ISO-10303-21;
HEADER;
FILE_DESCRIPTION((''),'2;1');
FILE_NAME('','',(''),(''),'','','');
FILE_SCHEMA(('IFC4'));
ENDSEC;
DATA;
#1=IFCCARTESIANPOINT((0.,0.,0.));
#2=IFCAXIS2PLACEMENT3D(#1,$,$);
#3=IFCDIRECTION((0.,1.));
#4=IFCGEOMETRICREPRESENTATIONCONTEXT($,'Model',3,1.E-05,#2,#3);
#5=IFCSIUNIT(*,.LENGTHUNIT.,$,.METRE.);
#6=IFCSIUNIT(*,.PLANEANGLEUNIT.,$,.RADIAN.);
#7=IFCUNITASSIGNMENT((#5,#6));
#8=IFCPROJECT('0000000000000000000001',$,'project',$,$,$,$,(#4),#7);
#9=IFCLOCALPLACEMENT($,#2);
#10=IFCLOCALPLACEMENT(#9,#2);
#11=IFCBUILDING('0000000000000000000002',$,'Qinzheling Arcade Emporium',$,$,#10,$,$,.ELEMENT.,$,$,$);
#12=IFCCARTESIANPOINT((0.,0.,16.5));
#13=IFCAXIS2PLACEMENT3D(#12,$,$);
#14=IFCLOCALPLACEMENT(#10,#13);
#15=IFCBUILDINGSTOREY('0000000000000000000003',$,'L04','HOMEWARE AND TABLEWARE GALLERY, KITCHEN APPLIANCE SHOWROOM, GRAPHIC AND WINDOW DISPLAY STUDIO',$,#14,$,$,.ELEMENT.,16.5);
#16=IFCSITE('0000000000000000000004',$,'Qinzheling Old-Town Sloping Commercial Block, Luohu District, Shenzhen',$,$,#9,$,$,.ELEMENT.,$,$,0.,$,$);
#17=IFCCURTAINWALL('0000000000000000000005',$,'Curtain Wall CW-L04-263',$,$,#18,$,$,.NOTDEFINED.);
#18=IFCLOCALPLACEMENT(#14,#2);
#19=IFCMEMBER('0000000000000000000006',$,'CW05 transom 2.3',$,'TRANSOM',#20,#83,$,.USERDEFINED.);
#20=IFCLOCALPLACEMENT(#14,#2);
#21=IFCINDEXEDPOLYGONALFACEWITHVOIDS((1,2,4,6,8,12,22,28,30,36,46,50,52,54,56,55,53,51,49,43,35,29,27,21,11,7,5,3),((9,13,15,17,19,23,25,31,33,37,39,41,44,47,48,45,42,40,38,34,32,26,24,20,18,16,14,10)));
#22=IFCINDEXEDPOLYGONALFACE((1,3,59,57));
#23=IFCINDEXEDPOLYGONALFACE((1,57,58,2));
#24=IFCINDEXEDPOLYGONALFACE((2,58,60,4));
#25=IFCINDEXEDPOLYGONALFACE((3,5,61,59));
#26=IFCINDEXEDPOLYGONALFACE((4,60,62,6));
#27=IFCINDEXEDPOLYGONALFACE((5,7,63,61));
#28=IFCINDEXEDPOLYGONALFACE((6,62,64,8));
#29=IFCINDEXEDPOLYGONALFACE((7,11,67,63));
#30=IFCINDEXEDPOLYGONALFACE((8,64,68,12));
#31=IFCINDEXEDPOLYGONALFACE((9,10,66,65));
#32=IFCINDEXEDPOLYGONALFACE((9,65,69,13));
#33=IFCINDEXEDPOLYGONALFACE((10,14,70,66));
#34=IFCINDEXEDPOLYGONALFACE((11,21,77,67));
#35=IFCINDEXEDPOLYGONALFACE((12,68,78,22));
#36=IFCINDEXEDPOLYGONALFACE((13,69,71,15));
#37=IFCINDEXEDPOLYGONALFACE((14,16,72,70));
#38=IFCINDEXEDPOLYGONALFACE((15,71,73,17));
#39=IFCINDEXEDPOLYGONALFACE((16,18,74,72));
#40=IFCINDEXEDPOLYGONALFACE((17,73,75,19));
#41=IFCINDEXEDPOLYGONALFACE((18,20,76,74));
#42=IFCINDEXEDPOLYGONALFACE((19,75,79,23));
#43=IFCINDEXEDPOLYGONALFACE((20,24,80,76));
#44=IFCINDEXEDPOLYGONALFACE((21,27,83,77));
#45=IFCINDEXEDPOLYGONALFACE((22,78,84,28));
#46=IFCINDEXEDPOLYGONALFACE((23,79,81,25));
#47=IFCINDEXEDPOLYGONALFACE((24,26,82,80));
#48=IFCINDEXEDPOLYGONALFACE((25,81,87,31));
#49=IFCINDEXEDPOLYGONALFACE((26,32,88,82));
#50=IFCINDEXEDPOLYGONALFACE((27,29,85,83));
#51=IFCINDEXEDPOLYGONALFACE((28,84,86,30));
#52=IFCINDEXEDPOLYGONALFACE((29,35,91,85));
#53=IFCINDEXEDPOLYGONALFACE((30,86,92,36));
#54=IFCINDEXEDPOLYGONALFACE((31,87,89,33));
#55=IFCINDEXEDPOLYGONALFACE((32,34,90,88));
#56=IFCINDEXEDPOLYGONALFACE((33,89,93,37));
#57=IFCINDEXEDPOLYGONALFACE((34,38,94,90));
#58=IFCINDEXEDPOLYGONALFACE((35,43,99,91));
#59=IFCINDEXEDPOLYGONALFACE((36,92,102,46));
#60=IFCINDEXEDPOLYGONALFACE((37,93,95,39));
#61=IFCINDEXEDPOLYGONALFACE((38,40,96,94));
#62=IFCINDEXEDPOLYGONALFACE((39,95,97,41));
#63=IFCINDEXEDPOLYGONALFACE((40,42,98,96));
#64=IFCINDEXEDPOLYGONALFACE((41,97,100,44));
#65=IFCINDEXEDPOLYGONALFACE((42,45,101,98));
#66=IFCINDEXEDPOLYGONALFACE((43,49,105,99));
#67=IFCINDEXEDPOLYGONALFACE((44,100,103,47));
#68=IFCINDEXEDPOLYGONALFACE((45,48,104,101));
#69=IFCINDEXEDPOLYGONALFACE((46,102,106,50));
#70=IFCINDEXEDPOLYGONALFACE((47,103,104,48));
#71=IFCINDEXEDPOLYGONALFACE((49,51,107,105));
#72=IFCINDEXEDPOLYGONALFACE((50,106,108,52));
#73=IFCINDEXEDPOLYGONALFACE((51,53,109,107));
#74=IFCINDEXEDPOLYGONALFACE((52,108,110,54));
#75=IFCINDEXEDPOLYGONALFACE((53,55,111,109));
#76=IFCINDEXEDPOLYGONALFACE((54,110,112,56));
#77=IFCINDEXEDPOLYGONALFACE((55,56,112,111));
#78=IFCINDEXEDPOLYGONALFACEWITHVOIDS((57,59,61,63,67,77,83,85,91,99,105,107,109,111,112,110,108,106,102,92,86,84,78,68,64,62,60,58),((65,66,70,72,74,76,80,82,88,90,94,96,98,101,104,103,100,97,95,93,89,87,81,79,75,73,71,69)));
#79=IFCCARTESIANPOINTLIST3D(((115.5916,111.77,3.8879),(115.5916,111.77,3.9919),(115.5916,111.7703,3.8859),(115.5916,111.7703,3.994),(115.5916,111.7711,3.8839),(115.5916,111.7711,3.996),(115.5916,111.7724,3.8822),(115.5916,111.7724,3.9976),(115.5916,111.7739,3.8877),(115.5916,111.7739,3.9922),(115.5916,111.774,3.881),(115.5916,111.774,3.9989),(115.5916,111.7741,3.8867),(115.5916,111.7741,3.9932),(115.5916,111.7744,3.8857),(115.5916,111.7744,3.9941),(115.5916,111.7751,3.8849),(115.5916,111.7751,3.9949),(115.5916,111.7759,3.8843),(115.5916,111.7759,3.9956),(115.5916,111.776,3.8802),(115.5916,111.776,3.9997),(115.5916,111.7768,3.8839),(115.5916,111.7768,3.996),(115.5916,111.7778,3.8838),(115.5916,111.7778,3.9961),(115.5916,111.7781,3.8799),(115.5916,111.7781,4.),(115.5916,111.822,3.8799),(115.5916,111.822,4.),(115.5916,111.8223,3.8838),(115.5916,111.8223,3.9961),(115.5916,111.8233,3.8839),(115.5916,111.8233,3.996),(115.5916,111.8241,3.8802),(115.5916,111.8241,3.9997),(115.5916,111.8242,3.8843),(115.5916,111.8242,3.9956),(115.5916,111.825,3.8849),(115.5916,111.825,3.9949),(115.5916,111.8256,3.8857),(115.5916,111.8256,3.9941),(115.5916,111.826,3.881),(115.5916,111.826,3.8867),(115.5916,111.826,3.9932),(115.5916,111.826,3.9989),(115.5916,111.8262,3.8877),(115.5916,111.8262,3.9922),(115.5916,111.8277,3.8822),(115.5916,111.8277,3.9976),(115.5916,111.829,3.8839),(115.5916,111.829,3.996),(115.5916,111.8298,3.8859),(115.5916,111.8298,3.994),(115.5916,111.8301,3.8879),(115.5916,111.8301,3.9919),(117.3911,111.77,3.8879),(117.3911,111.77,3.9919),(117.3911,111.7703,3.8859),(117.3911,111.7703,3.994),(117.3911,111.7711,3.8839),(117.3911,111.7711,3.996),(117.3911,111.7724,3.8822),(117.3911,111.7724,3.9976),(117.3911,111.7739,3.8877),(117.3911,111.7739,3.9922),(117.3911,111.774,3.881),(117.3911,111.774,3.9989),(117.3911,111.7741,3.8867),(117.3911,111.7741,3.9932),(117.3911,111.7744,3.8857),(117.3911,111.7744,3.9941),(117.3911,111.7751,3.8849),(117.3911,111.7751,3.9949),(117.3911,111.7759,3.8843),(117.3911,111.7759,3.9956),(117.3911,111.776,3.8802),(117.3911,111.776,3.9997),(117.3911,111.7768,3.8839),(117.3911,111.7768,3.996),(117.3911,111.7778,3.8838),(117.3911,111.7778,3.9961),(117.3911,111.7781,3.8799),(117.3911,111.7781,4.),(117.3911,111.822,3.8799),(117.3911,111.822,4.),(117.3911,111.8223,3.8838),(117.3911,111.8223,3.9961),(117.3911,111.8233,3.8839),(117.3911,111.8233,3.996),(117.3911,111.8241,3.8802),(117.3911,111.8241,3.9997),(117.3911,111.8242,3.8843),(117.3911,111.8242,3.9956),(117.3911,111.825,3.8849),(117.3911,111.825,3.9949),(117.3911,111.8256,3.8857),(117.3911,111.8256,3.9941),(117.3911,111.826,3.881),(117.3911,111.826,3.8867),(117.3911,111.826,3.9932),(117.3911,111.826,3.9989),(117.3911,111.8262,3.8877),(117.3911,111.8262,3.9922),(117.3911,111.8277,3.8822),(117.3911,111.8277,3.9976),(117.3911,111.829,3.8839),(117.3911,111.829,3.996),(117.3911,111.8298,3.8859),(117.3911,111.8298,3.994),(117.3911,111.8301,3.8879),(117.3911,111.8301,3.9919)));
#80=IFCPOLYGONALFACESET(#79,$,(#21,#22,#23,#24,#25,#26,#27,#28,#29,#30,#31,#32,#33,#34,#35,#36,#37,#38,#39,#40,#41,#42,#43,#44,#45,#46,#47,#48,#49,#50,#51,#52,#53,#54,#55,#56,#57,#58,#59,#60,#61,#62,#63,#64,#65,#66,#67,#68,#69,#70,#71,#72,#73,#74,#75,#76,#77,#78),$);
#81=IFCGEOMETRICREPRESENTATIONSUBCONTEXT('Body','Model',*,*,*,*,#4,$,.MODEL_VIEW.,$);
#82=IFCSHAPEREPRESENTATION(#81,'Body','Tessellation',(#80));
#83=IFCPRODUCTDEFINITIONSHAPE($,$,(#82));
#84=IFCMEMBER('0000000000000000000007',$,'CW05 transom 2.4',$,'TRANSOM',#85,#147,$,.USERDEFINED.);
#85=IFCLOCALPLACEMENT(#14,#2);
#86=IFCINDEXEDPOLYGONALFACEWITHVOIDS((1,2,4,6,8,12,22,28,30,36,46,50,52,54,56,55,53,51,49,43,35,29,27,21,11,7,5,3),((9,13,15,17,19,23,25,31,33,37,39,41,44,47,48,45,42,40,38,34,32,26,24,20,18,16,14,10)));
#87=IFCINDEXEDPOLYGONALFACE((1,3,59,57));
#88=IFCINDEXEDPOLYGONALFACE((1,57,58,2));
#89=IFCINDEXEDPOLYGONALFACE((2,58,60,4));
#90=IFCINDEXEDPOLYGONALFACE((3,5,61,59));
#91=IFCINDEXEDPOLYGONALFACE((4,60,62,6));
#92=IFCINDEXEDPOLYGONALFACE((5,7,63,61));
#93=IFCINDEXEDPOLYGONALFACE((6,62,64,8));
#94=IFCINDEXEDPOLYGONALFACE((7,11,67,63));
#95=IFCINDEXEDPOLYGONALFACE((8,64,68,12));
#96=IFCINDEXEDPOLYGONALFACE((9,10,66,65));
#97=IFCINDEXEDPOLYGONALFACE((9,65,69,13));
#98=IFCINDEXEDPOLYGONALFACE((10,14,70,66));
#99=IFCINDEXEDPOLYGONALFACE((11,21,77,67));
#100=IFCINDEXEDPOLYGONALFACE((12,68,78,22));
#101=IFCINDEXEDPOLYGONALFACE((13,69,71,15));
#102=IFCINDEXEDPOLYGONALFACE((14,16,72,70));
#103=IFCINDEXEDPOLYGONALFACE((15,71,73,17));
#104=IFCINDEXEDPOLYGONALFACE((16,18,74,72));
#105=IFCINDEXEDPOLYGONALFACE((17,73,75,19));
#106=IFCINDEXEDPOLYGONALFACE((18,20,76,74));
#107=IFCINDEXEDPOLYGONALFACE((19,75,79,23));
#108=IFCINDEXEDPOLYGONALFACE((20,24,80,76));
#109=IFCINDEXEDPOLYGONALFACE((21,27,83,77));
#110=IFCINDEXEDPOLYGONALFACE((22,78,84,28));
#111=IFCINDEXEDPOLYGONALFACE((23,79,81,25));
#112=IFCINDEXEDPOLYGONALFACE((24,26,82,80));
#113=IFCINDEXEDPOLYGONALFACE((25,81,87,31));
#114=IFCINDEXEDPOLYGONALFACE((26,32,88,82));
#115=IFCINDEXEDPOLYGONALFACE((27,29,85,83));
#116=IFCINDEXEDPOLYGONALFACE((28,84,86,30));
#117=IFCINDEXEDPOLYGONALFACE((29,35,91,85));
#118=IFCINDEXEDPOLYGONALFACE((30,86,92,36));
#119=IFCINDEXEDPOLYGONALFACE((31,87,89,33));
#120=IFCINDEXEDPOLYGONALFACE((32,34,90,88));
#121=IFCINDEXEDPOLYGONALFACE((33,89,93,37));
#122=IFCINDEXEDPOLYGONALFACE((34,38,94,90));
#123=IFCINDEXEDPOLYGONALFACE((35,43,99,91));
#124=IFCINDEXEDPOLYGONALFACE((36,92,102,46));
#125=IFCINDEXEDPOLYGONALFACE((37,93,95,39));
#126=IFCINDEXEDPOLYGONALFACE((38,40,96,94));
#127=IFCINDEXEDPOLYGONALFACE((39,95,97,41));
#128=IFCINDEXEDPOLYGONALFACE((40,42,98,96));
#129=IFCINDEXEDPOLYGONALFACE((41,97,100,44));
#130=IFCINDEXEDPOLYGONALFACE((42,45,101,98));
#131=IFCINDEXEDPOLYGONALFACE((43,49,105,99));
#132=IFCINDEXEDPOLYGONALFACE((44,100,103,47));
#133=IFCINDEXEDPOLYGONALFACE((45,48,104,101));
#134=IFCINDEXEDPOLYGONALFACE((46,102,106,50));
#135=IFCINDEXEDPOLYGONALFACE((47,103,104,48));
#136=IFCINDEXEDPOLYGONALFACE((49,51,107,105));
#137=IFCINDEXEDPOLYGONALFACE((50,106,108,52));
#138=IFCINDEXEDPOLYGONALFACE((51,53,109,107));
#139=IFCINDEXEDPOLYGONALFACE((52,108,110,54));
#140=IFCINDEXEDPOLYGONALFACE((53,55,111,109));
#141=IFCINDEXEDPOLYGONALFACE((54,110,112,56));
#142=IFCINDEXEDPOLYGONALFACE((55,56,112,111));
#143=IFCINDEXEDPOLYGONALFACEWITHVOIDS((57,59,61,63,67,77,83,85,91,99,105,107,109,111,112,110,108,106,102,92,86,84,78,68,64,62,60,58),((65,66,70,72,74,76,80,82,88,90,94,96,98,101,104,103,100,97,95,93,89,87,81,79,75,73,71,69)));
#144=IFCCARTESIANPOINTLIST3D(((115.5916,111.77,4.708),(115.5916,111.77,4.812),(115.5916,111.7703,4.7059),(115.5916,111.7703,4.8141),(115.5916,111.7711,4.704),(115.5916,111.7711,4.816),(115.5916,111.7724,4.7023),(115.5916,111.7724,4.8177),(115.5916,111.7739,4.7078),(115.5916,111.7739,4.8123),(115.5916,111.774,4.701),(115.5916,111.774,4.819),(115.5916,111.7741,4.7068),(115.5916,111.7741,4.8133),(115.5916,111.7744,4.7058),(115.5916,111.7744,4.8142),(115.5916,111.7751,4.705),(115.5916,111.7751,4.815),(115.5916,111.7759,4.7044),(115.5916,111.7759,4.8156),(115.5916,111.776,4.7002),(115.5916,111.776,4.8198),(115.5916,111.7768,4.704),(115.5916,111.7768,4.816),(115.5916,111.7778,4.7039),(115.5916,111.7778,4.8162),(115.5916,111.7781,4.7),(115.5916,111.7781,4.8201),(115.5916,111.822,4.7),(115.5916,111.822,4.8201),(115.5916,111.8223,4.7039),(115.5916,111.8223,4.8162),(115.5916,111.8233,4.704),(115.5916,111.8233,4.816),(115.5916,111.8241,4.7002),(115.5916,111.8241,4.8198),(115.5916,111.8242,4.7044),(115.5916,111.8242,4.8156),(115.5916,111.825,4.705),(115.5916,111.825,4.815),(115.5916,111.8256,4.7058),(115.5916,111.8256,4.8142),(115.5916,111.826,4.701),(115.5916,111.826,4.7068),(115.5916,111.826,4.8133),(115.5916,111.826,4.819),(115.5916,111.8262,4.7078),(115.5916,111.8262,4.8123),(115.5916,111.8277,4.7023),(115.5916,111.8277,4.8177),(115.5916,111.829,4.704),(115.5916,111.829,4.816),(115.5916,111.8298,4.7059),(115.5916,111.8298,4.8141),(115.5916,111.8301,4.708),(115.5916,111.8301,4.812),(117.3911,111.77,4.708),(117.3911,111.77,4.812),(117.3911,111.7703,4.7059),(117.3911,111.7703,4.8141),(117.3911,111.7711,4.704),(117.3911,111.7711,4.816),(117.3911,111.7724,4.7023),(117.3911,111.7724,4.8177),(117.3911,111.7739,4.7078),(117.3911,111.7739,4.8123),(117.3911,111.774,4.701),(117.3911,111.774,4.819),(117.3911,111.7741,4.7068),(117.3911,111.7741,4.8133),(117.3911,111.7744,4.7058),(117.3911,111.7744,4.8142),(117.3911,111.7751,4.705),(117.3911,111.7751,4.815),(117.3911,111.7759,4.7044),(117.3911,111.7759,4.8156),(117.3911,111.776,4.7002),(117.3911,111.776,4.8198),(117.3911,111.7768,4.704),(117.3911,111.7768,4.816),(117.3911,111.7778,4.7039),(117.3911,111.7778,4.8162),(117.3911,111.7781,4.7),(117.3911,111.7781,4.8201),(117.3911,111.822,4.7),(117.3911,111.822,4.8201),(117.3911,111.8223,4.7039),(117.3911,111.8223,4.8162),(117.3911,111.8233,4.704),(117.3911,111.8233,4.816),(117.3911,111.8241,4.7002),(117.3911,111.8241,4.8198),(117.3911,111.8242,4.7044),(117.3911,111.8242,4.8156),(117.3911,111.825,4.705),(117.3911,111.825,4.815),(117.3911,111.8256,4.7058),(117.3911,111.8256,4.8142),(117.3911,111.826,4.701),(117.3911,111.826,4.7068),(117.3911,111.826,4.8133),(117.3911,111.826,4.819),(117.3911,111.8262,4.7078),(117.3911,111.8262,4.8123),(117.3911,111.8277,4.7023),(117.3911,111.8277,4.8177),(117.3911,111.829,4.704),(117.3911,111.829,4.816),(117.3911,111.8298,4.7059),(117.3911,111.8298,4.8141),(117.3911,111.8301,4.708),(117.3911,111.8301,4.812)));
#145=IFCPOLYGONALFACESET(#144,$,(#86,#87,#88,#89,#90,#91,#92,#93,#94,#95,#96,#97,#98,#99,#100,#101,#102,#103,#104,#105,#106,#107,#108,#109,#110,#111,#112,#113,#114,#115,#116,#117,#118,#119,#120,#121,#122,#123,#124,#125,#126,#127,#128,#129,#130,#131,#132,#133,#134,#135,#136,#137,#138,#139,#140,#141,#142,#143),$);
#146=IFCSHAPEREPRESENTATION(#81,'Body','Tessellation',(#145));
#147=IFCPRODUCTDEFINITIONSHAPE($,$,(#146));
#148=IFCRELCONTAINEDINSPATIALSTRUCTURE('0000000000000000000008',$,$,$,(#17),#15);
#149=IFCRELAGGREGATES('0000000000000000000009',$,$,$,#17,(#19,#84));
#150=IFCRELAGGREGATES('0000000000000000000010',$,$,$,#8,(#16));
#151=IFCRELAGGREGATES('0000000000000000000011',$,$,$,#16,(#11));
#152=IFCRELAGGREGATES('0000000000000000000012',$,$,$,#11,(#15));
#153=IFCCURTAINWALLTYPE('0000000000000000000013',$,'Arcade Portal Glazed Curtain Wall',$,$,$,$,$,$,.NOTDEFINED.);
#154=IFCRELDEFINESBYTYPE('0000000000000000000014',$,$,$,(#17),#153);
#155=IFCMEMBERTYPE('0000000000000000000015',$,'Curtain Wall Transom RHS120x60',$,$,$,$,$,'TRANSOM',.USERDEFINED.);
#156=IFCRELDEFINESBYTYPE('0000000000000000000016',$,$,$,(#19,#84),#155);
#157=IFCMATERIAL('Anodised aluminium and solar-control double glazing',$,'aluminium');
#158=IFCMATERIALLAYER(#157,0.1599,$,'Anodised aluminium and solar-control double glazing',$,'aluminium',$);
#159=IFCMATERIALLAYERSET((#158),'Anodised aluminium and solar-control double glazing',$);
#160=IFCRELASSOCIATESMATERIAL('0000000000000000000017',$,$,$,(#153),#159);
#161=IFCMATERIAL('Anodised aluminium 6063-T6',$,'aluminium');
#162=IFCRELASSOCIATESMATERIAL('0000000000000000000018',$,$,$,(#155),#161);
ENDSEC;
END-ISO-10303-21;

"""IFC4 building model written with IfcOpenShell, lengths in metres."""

from ifc_helpers import new_model, si_unit, direction, frame, origin, origin_2d, place, context, subcontext, project, spatial, hollow_rectangle, extrude, material, layer, layer_set, material_profile, profile_set, type_object, element, aggregate, save


model = new_model("IFC4")

# Units and contexts
model_context = context("Model", 3, precision=1e-05, world=origin(), true_north=direction((0.0, 1.0)))
body_context = subcontext(model_context, "Body", "Model", "MODEL_VIEW")
ifc_project = project(units=[si_unit("LENGTHUNIT", "METRE"), si_unit("PLANEANGLEUNIT", "RADIAN")], contexts=[model_context])

# Site, building, storey
site_placement = place(None, origin())
site = spatial("IfcSite", under=ifc_project, at=site_placement, Name="Qinzheling Old-Town Sloping Commercial Block, Luohu District, Shenzhen", CompositionType="ELEMENT", RefElevation=0.0)
building_placement = place(site_placement, origin())
building = spatial("IfcBuilding", under=site, at=building_placement, Name="Qinzheling Arcade Emporium", CompositionType="ELEMENT")
storey_placement = place(building_placement, frame((0.0, 0.0, 16.5)))
storey = spatial("IfcBuildingStorey", under=building, at=storey_placement, Name="L04", Description="HOMEWARE AND TABLEWARE GALLERY, KITCHEN APPLIANCE SHOWROOM, GRAPHIC AND WINDOW DISPLAY STUDIO", CompositionType="ELEMENT", Elevation=16.5)

# Curtain wall, members
ifc_material_1 = material(Name="Anodised aluminium and solar-control double glazing", Category="aluminium")
ifc_layer_1 = layer(ifc_material_1, 0.1599, Name="Anodised aluminium and solar-control double glazing", Category="aluminium")
ifc_layer_set_1 = layer_set([ifc_layer_1], Name="Anodised aluminium and solar-control double glazing")
curtain_wall_type = type_object("IfcCurtainWallType", Name="Arcade Portal Glazed Curtain Wall", PredefinedType="NOTDEFINED", material=ifc_layer_set_1)
curtain_wall_placement = place(storey_placement, origin())
curtain_wall = element("IfcCurtainWall", 1, at=curtain_wall_placement, inside=storey, type_object=curtain_wall_type, Name="Curtain Wall CW-L04-263", PredefinedType="NOTDEFINED")
ifc_material_2 = material(Name="Anodised aluminium 6063-T6", Category="aluminium")
ifc_material_profile_1 = material_profile(ifc_material_2, hollow_rectangle(XDim=0.0601, YDim=0.1201, WallThickness=0.0039, InnerFilletRadius=0.0039, OuterFilletRadius=0.0081, at=origin_2d()), Name="RHS 120x60x4", Category="aluminium")
ifc_profile_set_1 = profile_set([ifc_material_profile_1], Name="Anodised aluminium 6063-T6")
member_type_1 = type_object("IfcMemberType", Name="Curtain Wall Transom RHS120x60", ElementType="TRANSOM", PredefinedType="USERDEFINED", material=ifc_profile_set_1)
member_1_placement = place(storey_placement, frame((115.5916, 111.8, 3.9399), z_axis=(1.0, 0.0, 0.0), x_axis=(0.0, 1.0, 0.0)))
member_1 = element("IfcMember", 2, at=member_1_placement, type_object=member_type_1, Name="CW05 transom 2.3", ObjectType="TRANSOM", PredefinedType="USERDEFINED", context=body_context, shape_type="SweptSolid", body=[
    extrude(hollow_rectangle(XDim=0.0601, YDim=0.1201, WallThickness=0.0039, InnerFilletRadius=0.0039, OuterFilletRadius=0.0081, at=origin_2d()), origin(), (0.0, 0.0, 1.0), 1.7996),
])
member_2_placement = place(storey_placement, frame((115.5916, 111.8, 4.76), z_axis=(1.0, 0.0, 0.0), x_axis=(0.0, 1.0, 0.0)))
member_2 = element("IfcMember", 3, at=member_2_placement, type_object=member_type_1, Name="CW05 transom 2.4", ObjectType="TRANSOM", PredefinedType="USERDEFINED", context=body_context, shape_type="SweptSolid", body=[
    extrude(hollow_rectangle(XDim=0.0601, YDim=0.1201, WallThickness=0.0039, InnerFilletRadius=0.0039, OuterFilletRadius=0.0081, at=origin_2d()), origin(), (0.0, 0.0, 1.0), 1.7996),
])
aggregate(curtain_wall, [member_1, member_2])

save(model, "model.ifc")
